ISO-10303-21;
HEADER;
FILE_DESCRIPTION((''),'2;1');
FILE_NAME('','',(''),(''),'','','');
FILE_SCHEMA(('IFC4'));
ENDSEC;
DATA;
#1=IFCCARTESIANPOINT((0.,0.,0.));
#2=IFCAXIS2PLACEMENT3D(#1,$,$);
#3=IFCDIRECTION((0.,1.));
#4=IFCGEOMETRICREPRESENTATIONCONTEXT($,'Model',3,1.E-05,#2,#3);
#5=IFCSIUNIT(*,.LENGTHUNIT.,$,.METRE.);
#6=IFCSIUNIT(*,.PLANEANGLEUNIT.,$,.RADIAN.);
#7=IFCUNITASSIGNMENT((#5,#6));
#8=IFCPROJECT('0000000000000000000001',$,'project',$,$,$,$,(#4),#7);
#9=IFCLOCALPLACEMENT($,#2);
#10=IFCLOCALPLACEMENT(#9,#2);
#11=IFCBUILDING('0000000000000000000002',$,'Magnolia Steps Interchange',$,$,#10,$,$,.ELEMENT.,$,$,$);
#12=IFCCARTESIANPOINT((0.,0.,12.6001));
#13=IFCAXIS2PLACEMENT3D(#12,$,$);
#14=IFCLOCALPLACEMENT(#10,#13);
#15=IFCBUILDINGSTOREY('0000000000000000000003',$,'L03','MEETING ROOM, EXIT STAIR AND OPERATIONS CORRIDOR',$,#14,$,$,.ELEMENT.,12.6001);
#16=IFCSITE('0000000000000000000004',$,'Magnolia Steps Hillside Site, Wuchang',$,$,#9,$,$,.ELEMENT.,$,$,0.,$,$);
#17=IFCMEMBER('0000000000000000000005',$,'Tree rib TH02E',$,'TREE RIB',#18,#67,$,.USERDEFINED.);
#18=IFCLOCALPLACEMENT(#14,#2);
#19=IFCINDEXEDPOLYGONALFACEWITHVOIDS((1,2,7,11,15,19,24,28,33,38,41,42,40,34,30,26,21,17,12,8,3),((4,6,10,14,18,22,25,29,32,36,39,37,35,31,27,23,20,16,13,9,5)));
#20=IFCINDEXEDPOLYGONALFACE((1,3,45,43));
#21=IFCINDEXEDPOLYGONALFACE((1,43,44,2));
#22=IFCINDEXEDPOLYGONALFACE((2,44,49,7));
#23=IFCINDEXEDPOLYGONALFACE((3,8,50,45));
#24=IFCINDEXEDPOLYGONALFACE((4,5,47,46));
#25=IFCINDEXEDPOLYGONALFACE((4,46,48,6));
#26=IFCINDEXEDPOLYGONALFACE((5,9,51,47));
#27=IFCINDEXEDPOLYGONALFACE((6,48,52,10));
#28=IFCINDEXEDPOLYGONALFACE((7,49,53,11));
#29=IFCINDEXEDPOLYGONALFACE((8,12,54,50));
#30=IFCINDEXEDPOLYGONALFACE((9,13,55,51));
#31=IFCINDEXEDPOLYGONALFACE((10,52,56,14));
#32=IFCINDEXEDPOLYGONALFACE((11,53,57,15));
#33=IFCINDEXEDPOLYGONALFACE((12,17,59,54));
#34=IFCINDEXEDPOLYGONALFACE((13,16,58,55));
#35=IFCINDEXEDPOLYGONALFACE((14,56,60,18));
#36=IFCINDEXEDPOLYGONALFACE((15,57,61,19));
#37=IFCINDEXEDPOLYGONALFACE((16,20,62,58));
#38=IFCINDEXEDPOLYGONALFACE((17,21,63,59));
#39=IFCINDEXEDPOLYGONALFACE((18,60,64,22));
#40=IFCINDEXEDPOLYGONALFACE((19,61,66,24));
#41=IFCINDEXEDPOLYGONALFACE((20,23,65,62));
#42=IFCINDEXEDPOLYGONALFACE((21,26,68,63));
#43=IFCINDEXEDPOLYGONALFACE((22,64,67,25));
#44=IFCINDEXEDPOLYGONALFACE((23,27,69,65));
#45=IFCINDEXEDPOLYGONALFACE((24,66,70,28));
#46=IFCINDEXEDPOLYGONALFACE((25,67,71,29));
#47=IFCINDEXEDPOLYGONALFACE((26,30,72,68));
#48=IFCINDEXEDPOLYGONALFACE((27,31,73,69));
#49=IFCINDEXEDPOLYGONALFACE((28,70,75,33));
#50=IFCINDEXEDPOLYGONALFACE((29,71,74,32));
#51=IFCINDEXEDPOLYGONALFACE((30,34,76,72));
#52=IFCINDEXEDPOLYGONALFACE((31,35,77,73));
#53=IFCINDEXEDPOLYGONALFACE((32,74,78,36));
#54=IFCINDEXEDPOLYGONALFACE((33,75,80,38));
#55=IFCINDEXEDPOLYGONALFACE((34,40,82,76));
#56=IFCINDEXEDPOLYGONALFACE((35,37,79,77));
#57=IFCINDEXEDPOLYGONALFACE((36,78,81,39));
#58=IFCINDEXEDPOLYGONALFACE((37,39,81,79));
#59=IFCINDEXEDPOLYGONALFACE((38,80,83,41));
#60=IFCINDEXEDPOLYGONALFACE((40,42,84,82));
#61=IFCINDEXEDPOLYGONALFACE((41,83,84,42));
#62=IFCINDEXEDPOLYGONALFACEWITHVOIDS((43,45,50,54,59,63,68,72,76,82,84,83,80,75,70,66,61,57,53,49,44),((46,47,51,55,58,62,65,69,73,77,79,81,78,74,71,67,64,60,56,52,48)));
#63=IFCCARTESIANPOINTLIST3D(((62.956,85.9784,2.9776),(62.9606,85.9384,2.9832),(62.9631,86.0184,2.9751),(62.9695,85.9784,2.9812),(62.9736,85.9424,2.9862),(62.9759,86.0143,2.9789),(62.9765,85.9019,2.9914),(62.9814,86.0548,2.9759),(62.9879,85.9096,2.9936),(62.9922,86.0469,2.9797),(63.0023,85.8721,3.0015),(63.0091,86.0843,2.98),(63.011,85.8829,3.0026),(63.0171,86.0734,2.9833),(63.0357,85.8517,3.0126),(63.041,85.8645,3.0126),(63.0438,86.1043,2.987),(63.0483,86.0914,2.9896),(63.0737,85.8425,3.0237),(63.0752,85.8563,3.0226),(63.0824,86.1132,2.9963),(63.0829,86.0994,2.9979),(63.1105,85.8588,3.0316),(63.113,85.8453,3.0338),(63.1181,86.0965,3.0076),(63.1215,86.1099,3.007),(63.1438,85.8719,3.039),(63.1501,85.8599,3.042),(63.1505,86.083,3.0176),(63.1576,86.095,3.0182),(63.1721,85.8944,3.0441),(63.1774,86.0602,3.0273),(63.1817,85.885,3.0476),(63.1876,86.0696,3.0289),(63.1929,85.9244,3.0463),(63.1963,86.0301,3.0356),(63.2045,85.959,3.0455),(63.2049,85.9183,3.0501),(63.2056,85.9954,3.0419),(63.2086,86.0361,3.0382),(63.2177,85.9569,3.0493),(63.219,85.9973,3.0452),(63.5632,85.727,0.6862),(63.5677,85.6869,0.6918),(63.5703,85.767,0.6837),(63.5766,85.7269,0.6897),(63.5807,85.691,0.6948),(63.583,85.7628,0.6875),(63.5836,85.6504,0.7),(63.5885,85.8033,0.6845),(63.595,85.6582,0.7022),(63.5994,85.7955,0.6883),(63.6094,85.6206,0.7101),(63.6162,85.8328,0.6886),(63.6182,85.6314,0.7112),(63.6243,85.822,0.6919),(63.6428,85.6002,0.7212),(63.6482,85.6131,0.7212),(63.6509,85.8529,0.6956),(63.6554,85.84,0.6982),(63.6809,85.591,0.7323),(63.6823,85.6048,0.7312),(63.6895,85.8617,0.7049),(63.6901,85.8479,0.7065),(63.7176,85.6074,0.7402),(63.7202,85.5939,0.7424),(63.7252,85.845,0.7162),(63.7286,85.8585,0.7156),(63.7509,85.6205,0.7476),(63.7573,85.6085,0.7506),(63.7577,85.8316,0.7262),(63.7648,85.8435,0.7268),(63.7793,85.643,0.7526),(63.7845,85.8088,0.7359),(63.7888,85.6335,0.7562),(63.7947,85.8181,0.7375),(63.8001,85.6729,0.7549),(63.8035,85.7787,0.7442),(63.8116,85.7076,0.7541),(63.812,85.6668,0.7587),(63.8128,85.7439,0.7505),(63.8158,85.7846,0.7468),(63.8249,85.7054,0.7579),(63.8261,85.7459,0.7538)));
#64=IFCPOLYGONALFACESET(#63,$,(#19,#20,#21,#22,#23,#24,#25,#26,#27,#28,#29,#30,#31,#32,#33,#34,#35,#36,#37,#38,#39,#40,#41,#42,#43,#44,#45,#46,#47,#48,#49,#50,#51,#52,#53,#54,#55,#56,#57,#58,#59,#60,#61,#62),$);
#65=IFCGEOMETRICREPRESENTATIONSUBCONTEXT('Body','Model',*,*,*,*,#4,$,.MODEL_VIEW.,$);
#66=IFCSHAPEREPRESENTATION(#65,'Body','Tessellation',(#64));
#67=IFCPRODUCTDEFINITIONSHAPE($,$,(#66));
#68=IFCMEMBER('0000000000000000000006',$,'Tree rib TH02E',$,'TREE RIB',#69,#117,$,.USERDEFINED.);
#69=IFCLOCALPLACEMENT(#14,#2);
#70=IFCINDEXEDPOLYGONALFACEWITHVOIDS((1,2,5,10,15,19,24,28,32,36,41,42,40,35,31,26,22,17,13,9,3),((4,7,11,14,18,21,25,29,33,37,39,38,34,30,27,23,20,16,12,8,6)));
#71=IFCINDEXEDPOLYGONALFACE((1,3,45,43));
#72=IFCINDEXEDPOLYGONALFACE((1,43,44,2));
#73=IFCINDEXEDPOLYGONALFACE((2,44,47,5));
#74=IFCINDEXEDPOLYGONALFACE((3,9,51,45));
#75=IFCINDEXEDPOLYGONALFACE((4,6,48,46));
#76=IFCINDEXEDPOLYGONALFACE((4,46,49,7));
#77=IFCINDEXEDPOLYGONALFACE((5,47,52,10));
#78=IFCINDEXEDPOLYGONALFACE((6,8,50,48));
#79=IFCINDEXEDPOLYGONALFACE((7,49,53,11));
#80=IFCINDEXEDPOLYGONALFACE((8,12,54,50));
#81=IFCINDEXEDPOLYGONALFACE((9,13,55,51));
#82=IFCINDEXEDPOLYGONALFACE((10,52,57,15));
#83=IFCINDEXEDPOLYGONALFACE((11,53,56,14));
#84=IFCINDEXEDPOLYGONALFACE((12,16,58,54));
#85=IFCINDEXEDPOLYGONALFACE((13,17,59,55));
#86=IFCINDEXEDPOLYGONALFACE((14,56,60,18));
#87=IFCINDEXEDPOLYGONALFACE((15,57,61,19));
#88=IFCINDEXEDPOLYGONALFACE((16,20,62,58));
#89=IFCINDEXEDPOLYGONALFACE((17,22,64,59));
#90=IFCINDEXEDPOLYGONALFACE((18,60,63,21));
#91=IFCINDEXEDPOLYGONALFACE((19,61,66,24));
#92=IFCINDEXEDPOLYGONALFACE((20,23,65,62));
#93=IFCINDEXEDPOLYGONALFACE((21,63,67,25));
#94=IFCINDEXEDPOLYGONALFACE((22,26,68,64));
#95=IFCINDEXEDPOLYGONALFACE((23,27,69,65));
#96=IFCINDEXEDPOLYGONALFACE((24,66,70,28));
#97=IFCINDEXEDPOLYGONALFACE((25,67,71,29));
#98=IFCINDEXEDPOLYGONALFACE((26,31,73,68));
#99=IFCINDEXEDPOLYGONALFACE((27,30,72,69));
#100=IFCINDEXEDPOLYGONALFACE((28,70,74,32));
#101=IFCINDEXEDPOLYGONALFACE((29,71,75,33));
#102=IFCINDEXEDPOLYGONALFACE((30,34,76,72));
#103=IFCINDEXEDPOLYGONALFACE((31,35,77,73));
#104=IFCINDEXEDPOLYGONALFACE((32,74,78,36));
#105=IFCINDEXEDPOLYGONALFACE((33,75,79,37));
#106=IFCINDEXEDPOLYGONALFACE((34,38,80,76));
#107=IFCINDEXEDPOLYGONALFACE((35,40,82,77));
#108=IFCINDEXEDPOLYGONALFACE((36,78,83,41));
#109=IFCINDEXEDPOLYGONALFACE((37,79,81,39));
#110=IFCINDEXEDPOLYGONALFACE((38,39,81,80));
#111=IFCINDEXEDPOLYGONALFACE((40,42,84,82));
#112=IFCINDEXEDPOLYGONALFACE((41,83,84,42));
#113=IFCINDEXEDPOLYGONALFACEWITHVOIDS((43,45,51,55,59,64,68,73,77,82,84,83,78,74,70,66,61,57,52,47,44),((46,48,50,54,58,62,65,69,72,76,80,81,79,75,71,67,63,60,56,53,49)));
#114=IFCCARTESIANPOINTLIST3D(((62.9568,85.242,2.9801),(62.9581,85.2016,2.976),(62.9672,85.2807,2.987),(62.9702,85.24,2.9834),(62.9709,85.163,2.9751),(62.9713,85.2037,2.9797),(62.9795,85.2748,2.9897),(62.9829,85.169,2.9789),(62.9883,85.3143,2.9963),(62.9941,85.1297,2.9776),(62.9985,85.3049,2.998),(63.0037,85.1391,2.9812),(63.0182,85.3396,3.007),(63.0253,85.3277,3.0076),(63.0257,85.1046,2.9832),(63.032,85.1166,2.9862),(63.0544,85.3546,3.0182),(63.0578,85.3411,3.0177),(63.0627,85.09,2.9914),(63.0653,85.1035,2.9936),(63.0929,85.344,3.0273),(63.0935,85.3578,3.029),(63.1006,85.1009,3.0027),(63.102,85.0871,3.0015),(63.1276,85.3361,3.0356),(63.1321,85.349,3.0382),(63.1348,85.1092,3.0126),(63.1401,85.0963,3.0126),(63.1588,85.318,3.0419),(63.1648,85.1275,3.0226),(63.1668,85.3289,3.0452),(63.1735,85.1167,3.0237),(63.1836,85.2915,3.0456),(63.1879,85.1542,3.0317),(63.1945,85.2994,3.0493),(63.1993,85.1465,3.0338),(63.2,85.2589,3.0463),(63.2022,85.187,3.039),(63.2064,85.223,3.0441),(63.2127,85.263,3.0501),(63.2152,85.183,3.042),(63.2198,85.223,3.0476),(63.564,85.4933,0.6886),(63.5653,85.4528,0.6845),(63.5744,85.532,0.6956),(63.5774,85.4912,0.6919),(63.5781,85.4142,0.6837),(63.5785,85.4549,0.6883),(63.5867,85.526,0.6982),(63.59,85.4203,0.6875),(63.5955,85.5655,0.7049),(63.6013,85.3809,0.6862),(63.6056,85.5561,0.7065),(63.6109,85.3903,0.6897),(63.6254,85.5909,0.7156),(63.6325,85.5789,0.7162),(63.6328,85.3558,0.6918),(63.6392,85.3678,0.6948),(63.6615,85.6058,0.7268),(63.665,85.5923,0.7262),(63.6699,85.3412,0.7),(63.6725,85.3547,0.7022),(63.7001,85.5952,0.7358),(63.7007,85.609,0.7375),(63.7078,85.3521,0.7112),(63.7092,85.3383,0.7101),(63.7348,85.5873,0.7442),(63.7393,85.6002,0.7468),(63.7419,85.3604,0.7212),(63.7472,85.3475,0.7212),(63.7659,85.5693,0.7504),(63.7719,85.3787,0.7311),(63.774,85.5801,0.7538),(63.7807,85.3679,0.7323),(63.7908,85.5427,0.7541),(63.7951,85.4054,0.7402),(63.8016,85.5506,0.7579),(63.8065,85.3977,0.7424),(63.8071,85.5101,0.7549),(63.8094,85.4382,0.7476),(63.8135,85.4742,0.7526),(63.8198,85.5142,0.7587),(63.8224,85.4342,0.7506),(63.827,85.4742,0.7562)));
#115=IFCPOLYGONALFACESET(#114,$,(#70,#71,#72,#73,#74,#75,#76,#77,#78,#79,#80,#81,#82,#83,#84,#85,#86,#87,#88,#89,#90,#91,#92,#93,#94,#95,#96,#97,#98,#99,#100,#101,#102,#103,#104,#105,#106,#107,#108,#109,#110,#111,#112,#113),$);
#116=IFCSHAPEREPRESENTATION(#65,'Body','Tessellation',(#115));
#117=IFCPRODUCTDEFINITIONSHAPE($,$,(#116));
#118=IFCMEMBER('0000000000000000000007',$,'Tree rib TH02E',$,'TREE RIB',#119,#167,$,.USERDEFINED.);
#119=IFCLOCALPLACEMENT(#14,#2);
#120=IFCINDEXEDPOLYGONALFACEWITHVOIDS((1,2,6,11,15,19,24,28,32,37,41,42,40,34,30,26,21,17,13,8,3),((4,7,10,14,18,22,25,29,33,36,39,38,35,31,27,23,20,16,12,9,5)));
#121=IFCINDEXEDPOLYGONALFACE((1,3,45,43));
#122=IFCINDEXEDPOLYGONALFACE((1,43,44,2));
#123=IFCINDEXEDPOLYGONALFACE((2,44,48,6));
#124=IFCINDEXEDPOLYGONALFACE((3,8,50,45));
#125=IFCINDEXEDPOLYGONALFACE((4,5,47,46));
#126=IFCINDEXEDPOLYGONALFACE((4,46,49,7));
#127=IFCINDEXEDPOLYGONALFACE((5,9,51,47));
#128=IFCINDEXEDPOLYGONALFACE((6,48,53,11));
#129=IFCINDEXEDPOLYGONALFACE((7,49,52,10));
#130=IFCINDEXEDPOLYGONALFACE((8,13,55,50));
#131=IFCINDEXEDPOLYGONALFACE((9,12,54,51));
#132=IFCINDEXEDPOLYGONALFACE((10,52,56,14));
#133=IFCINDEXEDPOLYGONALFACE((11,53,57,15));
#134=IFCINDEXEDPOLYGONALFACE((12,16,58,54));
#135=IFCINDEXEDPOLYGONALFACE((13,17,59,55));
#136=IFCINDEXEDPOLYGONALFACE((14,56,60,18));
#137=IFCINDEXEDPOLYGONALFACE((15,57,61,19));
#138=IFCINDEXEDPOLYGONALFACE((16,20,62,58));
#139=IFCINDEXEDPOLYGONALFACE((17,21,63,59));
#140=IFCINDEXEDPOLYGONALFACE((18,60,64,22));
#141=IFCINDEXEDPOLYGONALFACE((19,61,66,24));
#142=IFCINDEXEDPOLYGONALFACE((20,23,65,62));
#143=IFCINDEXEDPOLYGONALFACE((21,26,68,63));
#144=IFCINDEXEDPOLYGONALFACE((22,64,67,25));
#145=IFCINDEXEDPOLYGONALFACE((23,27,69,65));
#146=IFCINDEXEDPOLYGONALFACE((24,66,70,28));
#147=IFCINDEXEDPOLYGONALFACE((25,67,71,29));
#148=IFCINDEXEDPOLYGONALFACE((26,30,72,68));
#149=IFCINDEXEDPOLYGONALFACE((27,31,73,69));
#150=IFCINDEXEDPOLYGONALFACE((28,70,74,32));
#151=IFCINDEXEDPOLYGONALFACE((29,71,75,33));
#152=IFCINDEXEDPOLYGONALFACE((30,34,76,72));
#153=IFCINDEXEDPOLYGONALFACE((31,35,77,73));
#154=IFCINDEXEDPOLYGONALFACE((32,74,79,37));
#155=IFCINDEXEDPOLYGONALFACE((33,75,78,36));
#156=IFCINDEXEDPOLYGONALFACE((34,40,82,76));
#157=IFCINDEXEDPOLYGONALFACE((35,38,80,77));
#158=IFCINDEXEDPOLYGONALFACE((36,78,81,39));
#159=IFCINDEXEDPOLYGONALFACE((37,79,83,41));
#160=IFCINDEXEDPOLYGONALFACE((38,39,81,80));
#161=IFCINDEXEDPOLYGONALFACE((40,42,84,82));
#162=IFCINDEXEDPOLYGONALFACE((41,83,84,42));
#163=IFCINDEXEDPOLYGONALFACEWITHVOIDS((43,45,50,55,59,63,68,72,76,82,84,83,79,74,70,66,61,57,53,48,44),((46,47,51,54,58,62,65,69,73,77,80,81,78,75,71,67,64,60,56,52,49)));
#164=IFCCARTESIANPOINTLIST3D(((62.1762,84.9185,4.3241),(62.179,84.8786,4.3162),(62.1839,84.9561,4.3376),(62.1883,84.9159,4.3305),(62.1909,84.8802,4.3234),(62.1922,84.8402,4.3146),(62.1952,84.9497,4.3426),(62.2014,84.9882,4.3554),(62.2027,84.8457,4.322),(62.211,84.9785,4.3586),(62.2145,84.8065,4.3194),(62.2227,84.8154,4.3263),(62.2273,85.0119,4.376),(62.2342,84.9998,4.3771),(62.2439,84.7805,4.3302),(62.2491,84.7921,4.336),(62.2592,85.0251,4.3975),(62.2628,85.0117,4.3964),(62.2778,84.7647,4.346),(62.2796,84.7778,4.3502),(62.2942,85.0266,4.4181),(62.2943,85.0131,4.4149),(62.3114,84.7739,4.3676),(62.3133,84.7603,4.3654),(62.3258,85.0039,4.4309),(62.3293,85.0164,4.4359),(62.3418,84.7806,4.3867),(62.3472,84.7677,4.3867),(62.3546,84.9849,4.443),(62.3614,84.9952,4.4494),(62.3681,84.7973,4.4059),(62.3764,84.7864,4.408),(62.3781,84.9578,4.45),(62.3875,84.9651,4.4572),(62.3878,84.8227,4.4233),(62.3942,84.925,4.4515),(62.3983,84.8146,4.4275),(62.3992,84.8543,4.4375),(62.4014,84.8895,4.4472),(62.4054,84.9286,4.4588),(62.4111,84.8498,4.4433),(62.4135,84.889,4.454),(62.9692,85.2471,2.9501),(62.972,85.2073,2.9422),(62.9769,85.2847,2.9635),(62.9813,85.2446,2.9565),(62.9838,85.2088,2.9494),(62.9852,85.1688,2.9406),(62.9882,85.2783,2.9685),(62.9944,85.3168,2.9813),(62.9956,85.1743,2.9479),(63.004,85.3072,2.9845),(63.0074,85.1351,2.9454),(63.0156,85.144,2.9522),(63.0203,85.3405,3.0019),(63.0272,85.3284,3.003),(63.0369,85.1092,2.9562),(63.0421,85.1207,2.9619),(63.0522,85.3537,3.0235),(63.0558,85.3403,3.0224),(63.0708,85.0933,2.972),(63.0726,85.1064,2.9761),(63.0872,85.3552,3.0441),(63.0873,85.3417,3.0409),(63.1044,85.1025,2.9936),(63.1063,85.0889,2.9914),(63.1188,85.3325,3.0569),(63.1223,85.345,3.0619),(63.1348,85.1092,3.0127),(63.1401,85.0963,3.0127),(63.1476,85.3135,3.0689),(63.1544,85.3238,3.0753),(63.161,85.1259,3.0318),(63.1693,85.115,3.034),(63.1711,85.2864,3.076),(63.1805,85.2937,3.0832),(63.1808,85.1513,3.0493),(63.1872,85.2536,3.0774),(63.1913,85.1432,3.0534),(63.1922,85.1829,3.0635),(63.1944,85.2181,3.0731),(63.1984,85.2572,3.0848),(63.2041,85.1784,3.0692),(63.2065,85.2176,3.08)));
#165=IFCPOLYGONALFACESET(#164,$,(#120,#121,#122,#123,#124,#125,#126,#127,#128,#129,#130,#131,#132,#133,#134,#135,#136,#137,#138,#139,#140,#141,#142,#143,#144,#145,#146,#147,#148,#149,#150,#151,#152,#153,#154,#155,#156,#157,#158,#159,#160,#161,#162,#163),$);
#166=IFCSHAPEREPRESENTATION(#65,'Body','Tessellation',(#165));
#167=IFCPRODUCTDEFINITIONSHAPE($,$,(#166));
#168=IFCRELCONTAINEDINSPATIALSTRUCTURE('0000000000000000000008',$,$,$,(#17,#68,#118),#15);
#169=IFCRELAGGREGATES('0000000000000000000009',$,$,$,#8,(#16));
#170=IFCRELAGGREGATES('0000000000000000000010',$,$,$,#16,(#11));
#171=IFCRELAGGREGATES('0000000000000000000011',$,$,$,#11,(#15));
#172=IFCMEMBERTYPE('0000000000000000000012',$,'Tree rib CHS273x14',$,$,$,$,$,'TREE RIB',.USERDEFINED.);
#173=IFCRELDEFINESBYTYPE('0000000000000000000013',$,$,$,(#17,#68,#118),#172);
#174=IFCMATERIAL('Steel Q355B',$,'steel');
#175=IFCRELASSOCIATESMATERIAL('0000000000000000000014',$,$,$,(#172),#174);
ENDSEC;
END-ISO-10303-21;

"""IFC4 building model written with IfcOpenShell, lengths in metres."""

from ifc_helpers import new_model, si_unit, direction, frame, origin, origin_2d, place, context, subcontext, project, spatial, hollow_circle, extrude, material, material_profile, profile_set, type_object, element, save


model = new_model("IFC4")

# Units and contexts
model_context = context("Model", 3, precision=1e-05, world=origin(), true_north=direction((0.0, 1.0)))
body_context = subcontext(model_context, "Body", "Model", "MODEL_VIEW")
ifc_project = project(units=[si_unit("LENGTHUNIT", "METRE"), si_unit("PLANEANGLEUNIT", "RADIAN")], contexts=[model_context])

# Site, building, storey
site_placement = place(None, origin())
site = spatial("IfcSite", under=ifc_project, at=site_placement, Name="Magnolia Steps Hillside Site, Wuchang", CompositionType="ELEMENT", RefElevation=0.0)
building_placement = place(site_placement, origin())
building = spatial("IfcBuilding", under=site, at=building_placement, Name="Magnolia Steps Interchange", CompositionType="ELEMENT")
storey_placement = place(building_placement, frame((0.0, 0.0, 12.6001)))
storey = spatial("IfcBuildingStorey", under=building, at=storey_placement, Name="L03", Description="MEETING ROOM, EXIT STAIR AND OPERATIONS CORRIDOR", CompositionType="ELEMENT", Elevation=12.6001)

# Members
ifc_material_1 = material(Name="Steel Q355B", Category="steel")
ifc_material_profile_1 = material_profile(ifc_material_1, hollow_circle(Radius=0.1365, WallThickness=0.0139, at=origin_2d()), Name="CHS273x14")
ifc_profile_set_1 = profile_set([ifc_material_profile_1], Name="Steel Q355B")
member_type_1 = type_object("IfcMemberType", Name="Tree rib CHS273x14", ElementType="TREE RIB", PredefinedType="USERDEFINED", material=ifc_profile_set_1)
for number, where, z_axis, x_axis, name in (
    (1, (63.6951, 85.7263, 0.7212), (-0.254701, 0.105485, 0.961249), (-0.382636, -0.923899, 0.0), "Tree rib TH02E"),
    (2, (63.6951, 85.4736, 0.7212), (-0.254704, -0.105384, 0.96126), (0.382319, -0.92403, 0.0), "Tree rib TH02E"),
):
    element("IfcMember", number, at=place(storey_placement, frame(where, z_axis=z_axis, x_axis=x_axis)), inside=storey, type_object=member_type_1, Name=name, ObjectType="TREE RIB", PredefinedType="USERDEFINED", context=body_context, shape_type="SweptSolid", body=[
        extrude(hollow_circle(Radius=0.1365, WallThickness=0.0139, at=origin_2d()), origin(), (0.0, 0.0, 1.0), 2.3838),
    ])
member_1_placement = place(storey_placement, frame((63.0879, 85.2224, 3.0127), z_axis=(-0.489456, -0.202835, 0.84811), x_axis=(0.382837, -0.923816, 0.0)))
element("IfcMember", 3, at=member_1_placement, inside=storey, type_object=member_type_1, Name="Tree rib TH02E", ObjectType="TREE RIB", PredefinedType="USERDEFINED", context=body_context, shape_type="SweptSolid", body=[
    extrude(hollow_circle(Radius=0.1365, WallThickness=0.0139, at=origin_2d()), origin(), (0.0, 0.0, 1.0), 1.6201),
])

save(model, "model.ifc")
